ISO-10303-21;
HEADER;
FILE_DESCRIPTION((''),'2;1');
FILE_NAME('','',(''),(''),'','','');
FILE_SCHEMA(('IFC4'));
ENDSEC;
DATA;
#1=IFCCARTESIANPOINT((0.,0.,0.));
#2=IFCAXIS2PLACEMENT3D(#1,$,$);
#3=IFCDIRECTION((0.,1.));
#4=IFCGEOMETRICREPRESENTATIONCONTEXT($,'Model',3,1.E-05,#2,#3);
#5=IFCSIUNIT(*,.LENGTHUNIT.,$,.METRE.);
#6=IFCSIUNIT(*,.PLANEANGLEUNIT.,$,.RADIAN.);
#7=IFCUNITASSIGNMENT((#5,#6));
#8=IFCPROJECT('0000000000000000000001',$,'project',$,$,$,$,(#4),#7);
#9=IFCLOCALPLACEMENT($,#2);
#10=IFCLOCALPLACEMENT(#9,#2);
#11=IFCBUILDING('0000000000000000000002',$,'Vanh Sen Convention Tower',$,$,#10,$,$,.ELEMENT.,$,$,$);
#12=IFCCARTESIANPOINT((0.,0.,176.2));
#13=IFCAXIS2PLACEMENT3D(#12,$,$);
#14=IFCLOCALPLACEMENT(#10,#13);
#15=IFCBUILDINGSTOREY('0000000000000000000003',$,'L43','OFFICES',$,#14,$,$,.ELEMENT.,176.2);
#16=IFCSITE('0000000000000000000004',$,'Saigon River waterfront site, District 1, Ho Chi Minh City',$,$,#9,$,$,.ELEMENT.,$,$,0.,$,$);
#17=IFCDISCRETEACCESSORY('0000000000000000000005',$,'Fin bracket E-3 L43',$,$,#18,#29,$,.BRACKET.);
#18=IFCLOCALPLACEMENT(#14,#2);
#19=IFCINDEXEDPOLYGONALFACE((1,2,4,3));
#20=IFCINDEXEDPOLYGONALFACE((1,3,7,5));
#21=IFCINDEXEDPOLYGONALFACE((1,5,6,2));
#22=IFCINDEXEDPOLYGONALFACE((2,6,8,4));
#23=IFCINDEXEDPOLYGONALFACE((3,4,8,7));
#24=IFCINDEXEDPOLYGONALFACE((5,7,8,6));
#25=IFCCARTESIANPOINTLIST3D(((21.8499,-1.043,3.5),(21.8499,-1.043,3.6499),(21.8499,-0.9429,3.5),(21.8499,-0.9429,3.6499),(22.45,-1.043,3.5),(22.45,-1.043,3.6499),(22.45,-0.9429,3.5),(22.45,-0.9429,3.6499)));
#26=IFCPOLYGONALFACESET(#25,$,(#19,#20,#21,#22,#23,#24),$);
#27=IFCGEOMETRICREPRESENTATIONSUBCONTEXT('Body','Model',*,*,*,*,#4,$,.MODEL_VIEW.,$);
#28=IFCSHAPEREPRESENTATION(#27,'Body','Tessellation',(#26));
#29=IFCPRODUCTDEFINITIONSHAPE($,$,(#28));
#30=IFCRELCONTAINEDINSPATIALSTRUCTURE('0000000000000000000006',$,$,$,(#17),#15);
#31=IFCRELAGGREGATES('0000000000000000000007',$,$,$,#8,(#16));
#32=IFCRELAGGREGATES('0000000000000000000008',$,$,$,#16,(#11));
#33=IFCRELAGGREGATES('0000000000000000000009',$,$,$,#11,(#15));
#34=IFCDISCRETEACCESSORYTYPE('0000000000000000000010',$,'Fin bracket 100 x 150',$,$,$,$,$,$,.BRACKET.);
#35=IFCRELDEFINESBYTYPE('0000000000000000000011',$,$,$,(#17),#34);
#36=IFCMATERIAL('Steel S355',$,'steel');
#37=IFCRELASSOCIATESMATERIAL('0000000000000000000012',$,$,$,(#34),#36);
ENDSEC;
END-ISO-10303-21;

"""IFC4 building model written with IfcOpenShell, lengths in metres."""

from ifc_helpers import new_model, si_unit, direction, frame, origin, origin_2d, place, context, subcontext, project, spatial, rectangle, extrude, material, type_object, element, save


model = new_model("IFC4")

# Units and contexts
model_context = context("Model", 3, precision=1e-05, world=origin(), true_north=direction((0.0, 1.0)))
body_context = subcontext(model_context, "Body", "Model", "MODEL_VIEW")
ifc_project = project(units=[si_unit("LENGTHUNIT", "METRE"), si_unit("PLANEANGLEUNIT", "RADIAN")], contexts=[model_context])

# Site, building, storey
site_placement = place(None, origin())
site = spatial("IfcSite", under=ifc_project, at=site_placement, Name="Saigon River waterfront site, District 1, Ho Chi Minh City", CompositionType="ELEMENT", RefElevation=0.0)
building_placement = place(site_placement, origin())
building = spatial("IfcBuilding", under=site, at=building_placement, Name="Vanh Sen Convention Tower", CompositionType="ELEMENT")
storey_placement = place(building_placement, frame((0.0, 0.0, 176.2)))
storey = spatial("IfcBuildingStorey", under=building, at=storey_placement, Name="L43", Description="OFFICES", CompositionType="ELEMENT", Elevation=176.2)

# Discrete accessory
ifc_material_1 = material(Name="Steel S355", Category="steel")
discrete_accessory_type = type_object("IfcDiscreteAccessoryType", Name="Fin bracket 100 x 150", PredefinedType="BRACKET", material=ifc_material_1)
for number, where, z_axis, x_axis, name in (
    (1, (22.1499, -0.9929, 3.5), (0.0, 0.0, 1.0), (1.0, 0.0, 0.0), "Fin bracket E-3 L43"),
):
    element("IfcDiscreteAccessory", number, at=place(storey_placement, frame(where, z_axis=z_axis, x_axis=x_axis)), inside=storey, type_object=discrete_accessory_type, Name=name, PredefinedType="BRACKET", context=body_context, shape_type="SweptSolid", body=[
        extrude(rectangle(XDim=0.6001, YDim=0.1001, at=origin_2d()), origin(), (0.0, 0.0, 1.0), 0.1499),
    ])

save(model, "model.ifc")
